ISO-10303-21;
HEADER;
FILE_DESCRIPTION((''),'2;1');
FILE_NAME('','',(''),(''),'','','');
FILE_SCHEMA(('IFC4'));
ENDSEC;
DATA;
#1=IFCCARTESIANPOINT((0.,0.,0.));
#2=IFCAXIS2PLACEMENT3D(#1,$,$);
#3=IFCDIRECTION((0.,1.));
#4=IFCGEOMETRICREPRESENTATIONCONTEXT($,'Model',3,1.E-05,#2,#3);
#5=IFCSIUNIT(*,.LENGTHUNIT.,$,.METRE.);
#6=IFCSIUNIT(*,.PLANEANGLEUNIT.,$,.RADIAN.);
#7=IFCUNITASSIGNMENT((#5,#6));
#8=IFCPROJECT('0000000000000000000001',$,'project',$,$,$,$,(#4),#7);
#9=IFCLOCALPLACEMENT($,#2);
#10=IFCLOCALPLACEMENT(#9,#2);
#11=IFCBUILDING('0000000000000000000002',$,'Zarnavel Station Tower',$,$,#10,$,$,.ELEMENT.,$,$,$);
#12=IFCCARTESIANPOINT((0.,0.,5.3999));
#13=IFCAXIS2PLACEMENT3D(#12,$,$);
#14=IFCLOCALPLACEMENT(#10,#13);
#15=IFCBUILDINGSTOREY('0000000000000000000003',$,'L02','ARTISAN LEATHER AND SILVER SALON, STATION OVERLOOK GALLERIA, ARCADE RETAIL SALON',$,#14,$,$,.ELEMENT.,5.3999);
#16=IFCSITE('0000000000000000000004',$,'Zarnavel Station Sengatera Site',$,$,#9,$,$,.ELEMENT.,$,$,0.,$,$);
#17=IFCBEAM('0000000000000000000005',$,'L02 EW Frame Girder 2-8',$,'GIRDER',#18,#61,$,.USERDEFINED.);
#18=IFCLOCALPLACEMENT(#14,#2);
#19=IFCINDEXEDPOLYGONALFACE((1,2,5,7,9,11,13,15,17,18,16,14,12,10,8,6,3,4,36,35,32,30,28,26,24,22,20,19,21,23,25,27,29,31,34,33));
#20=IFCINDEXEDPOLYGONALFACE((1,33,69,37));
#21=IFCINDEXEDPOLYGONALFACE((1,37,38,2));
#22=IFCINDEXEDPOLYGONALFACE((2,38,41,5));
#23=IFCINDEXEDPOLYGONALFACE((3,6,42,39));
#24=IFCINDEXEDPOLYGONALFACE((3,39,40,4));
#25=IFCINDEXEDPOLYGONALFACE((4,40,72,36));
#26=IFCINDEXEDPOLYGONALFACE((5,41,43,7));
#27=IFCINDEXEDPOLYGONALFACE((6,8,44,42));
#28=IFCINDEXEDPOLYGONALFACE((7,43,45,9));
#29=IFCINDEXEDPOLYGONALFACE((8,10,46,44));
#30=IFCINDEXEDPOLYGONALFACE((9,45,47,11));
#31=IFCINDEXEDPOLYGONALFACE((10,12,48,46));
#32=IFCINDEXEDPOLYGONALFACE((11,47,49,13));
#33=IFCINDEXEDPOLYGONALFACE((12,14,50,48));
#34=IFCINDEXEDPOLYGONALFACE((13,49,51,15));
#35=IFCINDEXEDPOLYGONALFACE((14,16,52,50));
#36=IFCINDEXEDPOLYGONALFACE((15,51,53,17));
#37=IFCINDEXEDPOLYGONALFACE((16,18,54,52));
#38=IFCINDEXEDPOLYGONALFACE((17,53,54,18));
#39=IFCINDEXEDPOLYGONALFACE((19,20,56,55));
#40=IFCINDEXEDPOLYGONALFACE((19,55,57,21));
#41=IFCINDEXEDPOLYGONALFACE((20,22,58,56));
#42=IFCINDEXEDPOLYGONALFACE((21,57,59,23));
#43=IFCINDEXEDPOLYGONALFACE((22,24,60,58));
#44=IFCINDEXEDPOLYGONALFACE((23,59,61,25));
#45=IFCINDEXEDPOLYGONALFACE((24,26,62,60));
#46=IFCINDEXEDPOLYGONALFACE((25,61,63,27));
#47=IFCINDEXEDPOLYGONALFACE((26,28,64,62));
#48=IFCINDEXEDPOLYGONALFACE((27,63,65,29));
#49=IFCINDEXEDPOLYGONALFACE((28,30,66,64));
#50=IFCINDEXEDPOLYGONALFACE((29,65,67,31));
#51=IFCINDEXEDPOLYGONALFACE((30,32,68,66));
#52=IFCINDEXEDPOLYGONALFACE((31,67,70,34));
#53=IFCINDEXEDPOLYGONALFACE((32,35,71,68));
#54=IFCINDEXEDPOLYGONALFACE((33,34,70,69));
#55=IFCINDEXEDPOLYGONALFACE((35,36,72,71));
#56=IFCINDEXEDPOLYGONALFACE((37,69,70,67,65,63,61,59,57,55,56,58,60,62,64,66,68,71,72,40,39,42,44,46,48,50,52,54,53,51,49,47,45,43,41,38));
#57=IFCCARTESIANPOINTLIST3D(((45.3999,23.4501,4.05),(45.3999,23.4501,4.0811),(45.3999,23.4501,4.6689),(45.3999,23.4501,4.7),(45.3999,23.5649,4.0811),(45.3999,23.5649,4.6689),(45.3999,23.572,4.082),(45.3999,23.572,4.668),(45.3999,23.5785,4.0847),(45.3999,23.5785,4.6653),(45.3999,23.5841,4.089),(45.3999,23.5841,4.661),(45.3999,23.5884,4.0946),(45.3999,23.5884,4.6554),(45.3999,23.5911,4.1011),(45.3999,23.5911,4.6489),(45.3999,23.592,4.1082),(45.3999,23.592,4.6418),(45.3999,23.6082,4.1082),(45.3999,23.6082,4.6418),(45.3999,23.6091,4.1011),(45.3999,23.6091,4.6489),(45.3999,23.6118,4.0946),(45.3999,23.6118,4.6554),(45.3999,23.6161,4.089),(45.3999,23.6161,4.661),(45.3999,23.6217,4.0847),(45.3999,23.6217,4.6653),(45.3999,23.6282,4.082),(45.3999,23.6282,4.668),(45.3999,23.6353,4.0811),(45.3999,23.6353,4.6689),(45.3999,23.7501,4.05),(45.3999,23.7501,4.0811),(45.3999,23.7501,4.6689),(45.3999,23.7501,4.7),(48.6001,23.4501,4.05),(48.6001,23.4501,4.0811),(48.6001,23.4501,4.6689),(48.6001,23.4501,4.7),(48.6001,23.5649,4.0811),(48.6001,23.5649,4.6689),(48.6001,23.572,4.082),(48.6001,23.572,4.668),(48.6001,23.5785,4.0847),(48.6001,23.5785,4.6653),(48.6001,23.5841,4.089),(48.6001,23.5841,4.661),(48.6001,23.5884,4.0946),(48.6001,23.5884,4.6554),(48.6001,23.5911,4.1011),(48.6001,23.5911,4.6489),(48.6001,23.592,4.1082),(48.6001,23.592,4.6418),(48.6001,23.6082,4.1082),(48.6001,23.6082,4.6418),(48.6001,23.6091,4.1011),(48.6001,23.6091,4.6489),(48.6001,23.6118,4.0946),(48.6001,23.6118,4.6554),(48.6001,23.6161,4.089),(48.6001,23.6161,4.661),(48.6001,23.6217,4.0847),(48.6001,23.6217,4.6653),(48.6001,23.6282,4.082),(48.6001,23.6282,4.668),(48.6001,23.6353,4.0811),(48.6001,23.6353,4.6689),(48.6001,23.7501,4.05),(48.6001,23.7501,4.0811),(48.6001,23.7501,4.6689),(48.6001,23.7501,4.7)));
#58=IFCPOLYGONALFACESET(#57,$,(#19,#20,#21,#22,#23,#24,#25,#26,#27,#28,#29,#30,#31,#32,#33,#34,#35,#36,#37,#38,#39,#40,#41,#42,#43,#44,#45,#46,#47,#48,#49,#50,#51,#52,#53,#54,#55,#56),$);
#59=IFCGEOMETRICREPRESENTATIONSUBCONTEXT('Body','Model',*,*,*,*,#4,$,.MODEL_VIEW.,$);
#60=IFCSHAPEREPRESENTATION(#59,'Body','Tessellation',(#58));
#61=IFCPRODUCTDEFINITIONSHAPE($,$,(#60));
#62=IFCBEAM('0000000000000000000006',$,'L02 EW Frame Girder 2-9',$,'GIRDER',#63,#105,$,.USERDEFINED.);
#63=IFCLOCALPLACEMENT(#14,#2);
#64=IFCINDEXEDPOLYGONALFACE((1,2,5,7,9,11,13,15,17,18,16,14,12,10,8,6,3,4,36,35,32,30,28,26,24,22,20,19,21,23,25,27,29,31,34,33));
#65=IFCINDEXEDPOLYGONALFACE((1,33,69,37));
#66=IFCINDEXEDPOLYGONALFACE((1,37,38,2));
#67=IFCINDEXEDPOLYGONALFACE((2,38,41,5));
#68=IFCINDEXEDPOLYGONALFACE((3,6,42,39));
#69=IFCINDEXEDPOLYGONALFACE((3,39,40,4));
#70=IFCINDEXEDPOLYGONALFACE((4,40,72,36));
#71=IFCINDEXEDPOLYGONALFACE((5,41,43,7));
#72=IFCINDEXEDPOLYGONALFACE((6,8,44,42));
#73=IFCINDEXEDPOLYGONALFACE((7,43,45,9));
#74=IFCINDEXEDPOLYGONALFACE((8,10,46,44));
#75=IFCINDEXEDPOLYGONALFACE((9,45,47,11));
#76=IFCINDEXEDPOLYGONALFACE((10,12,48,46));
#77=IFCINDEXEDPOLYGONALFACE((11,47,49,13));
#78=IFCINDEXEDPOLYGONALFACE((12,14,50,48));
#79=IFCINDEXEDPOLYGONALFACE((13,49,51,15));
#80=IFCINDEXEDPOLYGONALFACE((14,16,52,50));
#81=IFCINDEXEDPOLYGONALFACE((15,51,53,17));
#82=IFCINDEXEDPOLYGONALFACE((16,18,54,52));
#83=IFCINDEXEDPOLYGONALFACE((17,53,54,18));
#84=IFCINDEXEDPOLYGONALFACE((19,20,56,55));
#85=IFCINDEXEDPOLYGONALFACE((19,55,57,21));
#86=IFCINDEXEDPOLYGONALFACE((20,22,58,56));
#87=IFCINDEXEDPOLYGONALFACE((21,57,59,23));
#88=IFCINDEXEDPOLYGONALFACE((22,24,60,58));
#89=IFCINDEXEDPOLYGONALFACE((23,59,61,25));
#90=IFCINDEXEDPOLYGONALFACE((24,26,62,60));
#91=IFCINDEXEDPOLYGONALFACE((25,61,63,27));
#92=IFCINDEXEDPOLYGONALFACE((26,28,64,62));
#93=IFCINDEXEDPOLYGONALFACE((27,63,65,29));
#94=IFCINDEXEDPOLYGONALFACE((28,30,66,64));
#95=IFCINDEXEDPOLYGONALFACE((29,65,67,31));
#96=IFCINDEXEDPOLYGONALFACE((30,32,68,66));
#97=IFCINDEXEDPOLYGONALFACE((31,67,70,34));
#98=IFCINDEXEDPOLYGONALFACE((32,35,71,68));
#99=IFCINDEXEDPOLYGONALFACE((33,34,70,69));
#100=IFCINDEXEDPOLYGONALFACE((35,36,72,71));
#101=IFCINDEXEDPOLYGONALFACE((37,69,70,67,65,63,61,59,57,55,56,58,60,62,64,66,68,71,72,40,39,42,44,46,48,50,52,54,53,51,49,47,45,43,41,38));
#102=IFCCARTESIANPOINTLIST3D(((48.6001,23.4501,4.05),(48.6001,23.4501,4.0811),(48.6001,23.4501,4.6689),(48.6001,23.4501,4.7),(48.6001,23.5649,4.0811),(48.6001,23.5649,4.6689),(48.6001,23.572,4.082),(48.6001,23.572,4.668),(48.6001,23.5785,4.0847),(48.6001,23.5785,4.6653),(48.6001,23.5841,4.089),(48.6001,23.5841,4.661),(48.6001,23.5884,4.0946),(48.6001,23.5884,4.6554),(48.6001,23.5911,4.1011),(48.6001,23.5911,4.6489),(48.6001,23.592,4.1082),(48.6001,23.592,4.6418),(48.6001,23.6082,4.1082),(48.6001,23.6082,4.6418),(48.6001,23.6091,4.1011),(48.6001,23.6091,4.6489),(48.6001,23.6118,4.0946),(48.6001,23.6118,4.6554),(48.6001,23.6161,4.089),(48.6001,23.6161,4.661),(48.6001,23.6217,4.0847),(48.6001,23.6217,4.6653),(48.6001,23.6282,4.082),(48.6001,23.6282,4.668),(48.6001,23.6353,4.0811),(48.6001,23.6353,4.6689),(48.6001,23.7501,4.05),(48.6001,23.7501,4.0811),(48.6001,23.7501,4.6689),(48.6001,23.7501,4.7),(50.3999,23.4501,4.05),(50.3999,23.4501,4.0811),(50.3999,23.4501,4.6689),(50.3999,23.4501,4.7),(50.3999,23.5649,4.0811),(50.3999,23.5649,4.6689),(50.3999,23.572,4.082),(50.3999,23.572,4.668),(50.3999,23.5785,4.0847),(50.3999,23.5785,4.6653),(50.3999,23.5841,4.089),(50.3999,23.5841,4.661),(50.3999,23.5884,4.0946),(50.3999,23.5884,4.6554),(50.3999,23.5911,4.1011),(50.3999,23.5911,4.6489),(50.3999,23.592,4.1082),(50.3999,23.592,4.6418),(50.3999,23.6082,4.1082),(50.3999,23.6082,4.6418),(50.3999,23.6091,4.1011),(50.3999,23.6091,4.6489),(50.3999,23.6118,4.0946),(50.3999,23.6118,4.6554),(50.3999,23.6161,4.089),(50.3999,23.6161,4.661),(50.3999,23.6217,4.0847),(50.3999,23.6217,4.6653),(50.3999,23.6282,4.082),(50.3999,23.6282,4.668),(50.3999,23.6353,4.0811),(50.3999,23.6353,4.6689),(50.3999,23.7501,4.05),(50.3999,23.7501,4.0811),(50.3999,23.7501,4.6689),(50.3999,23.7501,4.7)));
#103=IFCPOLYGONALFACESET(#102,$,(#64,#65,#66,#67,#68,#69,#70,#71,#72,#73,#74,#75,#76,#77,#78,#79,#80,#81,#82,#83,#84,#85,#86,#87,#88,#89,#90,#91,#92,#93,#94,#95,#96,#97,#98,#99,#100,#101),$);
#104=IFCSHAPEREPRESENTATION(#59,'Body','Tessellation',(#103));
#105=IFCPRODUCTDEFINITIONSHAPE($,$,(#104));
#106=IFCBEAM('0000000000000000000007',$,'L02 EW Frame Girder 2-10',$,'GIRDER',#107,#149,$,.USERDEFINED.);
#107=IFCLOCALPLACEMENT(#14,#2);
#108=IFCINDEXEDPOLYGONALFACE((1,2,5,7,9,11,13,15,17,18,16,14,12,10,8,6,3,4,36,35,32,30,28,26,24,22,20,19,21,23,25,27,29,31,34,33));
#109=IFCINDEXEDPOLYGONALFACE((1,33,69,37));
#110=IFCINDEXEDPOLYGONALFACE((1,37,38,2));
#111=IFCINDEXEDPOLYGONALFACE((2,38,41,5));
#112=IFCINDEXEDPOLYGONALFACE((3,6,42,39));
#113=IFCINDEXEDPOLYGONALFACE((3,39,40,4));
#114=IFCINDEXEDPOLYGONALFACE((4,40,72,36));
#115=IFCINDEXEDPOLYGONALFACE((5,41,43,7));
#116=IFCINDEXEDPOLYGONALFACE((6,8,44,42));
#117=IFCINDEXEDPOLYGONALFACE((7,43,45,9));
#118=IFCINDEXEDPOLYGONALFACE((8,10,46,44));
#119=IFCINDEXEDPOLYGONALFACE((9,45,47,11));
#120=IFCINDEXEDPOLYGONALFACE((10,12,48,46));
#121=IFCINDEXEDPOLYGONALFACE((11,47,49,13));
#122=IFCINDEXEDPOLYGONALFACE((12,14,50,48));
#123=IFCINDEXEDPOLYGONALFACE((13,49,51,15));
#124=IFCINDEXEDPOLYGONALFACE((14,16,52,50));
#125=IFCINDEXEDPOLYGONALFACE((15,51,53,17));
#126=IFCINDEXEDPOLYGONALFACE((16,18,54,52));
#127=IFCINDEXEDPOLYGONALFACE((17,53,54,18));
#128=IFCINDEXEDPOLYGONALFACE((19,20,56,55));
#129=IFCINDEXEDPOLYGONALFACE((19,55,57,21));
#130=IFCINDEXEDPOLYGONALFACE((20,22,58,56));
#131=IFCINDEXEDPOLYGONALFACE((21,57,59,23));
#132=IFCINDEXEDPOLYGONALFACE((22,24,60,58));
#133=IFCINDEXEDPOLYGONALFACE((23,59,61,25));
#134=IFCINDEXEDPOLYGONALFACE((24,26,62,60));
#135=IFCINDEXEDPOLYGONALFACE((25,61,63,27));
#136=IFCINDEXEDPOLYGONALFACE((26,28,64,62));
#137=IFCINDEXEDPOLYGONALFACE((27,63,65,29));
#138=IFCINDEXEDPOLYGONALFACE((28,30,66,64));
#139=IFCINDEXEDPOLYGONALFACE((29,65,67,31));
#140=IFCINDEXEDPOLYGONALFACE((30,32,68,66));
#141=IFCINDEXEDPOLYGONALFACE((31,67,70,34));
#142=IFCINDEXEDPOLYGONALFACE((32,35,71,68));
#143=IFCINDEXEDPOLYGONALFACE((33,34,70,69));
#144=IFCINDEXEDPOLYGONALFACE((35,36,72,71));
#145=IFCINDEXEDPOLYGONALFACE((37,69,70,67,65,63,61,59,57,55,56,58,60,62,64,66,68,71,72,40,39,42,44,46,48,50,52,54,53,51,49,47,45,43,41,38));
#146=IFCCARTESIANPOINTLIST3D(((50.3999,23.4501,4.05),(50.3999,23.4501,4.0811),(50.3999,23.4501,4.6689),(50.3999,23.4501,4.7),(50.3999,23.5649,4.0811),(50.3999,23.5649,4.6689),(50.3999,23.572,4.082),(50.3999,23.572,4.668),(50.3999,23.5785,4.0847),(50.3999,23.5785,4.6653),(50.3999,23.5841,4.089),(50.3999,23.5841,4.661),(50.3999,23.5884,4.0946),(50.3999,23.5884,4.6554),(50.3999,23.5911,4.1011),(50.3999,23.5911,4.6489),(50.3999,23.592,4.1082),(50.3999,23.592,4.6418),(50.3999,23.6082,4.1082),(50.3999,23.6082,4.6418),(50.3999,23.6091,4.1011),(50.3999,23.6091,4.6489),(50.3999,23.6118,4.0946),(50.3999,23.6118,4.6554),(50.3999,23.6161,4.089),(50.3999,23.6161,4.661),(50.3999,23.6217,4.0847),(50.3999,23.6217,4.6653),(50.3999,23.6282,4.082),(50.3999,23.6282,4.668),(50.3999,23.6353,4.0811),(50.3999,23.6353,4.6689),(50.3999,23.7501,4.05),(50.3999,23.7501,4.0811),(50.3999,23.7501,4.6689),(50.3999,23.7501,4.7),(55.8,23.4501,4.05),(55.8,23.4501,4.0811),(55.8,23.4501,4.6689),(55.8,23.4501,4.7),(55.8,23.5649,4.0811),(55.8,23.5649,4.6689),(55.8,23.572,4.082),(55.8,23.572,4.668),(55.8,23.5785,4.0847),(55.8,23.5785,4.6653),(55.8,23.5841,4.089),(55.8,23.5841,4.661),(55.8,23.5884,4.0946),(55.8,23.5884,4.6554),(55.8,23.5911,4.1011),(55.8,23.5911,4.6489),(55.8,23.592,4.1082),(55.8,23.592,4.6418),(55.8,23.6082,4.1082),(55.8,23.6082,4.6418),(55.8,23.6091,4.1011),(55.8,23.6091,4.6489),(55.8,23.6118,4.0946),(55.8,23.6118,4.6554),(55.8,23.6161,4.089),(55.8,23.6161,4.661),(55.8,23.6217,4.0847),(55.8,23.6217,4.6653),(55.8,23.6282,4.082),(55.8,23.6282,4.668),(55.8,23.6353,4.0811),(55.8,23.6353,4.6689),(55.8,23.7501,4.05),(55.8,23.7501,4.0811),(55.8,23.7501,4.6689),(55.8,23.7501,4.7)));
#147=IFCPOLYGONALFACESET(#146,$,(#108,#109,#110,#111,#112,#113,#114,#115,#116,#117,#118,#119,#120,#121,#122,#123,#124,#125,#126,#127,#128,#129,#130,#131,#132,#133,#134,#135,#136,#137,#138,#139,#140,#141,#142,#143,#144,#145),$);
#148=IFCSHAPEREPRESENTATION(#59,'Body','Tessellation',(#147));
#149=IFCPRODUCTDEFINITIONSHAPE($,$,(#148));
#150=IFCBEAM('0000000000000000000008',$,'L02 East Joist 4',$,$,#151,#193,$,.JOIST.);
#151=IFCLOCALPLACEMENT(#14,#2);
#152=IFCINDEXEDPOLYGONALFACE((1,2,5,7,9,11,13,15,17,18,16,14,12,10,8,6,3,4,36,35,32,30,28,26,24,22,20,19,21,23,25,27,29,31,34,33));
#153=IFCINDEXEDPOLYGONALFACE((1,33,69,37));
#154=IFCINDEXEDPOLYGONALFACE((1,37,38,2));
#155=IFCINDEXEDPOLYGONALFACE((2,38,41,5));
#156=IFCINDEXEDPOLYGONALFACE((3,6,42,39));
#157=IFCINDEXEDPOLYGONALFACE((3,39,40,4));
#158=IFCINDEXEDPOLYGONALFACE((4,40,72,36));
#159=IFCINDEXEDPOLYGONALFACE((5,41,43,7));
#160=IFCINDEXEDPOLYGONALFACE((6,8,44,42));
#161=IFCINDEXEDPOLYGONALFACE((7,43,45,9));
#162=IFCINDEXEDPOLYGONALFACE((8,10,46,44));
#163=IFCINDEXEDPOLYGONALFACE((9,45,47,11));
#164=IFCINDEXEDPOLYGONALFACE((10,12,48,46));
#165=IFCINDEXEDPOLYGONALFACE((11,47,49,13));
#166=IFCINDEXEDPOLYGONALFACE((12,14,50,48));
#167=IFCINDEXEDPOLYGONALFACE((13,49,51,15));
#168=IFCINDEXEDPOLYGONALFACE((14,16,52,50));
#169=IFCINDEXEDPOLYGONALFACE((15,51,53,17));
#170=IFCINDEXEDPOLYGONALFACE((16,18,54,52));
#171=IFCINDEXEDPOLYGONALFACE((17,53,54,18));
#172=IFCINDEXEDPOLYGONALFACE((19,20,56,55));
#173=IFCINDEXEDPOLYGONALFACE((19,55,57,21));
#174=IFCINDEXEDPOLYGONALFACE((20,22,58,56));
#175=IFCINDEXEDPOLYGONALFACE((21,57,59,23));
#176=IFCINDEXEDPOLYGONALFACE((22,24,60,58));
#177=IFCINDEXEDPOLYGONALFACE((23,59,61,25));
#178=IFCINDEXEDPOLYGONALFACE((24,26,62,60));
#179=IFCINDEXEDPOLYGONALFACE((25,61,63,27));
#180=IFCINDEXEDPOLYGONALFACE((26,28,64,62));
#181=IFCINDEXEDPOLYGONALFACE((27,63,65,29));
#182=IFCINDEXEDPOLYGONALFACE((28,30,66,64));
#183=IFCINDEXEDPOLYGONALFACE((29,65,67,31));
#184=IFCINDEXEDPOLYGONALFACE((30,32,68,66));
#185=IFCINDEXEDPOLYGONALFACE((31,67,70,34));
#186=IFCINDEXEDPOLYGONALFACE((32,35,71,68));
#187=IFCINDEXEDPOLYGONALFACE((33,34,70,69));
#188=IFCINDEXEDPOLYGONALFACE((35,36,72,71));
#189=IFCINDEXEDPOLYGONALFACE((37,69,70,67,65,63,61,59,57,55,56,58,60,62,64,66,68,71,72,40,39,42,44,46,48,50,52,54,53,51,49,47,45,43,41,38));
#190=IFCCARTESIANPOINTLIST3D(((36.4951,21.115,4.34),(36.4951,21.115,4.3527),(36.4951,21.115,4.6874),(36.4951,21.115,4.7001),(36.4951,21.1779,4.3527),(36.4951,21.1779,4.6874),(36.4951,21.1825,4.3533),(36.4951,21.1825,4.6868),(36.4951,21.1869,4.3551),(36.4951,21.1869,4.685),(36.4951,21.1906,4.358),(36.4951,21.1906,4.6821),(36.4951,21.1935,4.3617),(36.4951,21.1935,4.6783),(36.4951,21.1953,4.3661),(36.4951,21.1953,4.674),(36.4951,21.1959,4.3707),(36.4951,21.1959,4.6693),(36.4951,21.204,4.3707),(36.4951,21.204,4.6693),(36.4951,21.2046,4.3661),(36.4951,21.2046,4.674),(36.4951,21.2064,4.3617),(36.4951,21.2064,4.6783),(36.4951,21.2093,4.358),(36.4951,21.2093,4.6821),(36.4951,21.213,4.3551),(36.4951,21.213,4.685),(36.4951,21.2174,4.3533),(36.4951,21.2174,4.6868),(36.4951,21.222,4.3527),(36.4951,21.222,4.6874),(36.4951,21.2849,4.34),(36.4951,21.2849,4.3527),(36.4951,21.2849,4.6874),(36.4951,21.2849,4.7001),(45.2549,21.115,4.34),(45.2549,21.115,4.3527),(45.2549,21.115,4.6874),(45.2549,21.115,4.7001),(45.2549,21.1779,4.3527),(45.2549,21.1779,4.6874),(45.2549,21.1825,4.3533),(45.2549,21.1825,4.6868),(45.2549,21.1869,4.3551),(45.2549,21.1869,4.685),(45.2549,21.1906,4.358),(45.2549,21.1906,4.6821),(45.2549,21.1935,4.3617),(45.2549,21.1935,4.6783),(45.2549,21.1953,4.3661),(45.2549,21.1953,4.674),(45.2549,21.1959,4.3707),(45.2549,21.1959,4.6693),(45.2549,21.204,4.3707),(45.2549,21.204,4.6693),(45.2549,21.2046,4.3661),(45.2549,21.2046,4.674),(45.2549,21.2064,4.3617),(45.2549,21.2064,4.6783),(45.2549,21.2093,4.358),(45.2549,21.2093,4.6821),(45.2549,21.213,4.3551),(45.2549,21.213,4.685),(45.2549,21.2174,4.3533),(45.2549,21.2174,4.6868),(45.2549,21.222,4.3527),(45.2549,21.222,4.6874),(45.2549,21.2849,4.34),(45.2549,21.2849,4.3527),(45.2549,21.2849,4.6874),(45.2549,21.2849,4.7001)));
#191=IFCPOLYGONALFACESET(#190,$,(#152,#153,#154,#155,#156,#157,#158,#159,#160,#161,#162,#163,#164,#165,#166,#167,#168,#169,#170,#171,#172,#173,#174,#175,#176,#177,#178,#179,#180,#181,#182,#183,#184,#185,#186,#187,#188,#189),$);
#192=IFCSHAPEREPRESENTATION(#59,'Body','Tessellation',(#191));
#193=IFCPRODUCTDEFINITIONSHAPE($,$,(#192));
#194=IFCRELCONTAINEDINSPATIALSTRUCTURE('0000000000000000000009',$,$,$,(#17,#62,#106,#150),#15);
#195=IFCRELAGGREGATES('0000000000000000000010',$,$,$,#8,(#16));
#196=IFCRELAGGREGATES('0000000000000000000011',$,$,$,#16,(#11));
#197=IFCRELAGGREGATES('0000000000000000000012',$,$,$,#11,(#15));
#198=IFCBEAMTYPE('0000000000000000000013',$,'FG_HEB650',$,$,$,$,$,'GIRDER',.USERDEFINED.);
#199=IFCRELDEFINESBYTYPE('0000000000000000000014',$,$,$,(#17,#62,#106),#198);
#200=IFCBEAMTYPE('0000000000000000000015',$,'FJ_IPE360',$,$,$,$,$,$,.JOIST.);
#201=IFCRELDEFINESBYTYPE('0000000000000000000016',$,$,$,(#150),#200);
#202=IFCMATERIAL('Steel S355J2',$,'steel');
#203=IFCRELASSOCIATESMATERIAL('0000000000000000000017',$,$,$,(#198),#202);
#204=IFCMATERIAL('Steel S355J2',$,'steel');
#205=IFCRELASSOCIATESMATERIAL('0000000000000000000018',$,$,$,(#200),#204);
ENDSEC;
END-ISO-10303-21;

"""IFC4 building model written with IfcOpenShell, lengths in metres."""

from ifc_helpers import new_model, si_unit, direction, frame, origin, origin_2d, place, context, subcontext, project, spatial, i_section, extrude, material, material_profile, profile_set, type_object, element, save


model = new_model("IFC4")

# Units and contexts
model_context = context("Model", 3, precision=1e-05, world=origin(), true_north=direction((0.0, 1.0)))
body_context = subcontext(model_context, "Body", "Model", "MODEL_VIEW")
ifc_project = project(units=[si_unit("LENGTHUNIT", "METRE"), si_unit("PLANEANGLEUNIT", "RADIAN")], contexts=[model_context])

# Site, building, storey
site_placement = place(None, origin())
site = spatial("IfcSite", under=ifc_project, at=site_placement, Name="Zarnavel Station Sengatera Site", CompositionType="ELEMENT", RefElevation=0.0)
building_placement = place(site_placement, origin())
building = spatial("IfcBuilding", under=site, at=building_placement, Name="Zarnavel Station Tower", CompositionType="ELEMENT")
storey_placement = place(building_placement, frame((0.0, 0.0, 5.3999)))
storey = spatial("IfcBuildingStorey", under=building, at=storey_placement, Name="L02", Description="ARTISAN LEATHER AND SILVER SALON, STATION OVERLOOK GALLERIA, ARCADE RETAIL SALON", CompositionType="ELEMENT", Elevation=5.3999)

# Beams
ifc_material_1 = material(Name="Steel S355J2", Category="steel")
ifc_material_profile_1 = material_profile(ifc_material_1, i_section(OverallWidth=0.3, OverallDepth=0.6499, WebThickness=0.0161, FlangeThickness=0.031, FilletRadius=0.0271, at=origin_2d()), Name="HEB650")
ifc_profile_set_1 = profile_set([ifc_material_profile_1], Name="Steel S355J2")
beam_type_1 = type_object("IfcBeamType", Name="FG_HEB650", ElementType="GIRDER", PredefinedType="USERDEFINED", material=ifc_profile_set_1)
beam_1_placement = place(storey_placement, frame((45.3999, 23.6001, 4.375), z_axis=(1.0, 0.0, 0.0), x_axis=(0.0, 1.0, 0.0)))
element("IfcBeam", 1, at=beam_1_placement, inside=storey, type_object=beam_type_1, Name="L02 EW Frame Girder 2-8", ObjectType="GIRDER", PredefinedType="USERDEFINED", context=body_context, shape_type="SweptSolid", body=[
    extrude(i_section(OverallWidth=0.3, OverallDepth=0.6499, WebThickness=0.0161, FlangeThickness=0.031, FilletRadius=0.0271, at=origin_2d()), origin(), (0.0, 0.0, 1.0), 3.2002),
])
beam_2_placement = place(storey_placement, frame((48.6001, 23.6001, 4.375), z_axis=(1.0, 0.0, 0.0), x_axis=(0.0, 1.0, 0.0)))
element("IfcBeam", 2, at=beam_2_placement, inside=storey, type_object=beam_type_1, Name="L02 EW Frame Girder 2-9", ObjectType="GIRDER", PredefinedType="USERDEFINED", context=body_context, shape_type="SweptSolid", body=[
    extrude(i_section(OverallWidth=0.3, OverallDepth=0.6499, WebThickness=0.0161, FlangeThickness=0.031, FilletRadius=0.0271, at=origin_2d()), origin(), (0.0, 0.0, 1.0), 1.7998),
])
beam_3_placement = place(storey_placement, frame((50.3999, 23.6001, 4.375), z_axis=(1.0, 0.0, 0.0), x_axis=(0.0, 1.0, 0.0)))
element("IfcBeam", 3, at=beam_3_placement, inside=storey, type_object=beam_type_1, Name="L02 EW Frame Girder 2-10", ObjectType="GIRDER", PredefinedType="USERDEFINED", context=body_context, shape_type="SweptSolid", body=[
    extrude(i_section(OverallWidth=0.3, OverallDepth=0.6499, WebThickness=0.0161, FlangeThickness=0.031, FilletRadius=0.0271, at=origin_2d()), origin(), (0.0, 0.0, 1.0), 5.4001),
])
ifc_material_2 = material(Name="Steel S355J2", Category="steel")
ifc_material_profile_2 = material_profile(ifc_material_2, i_section(OverallWidth=0.1699, OverallDepth=0.3601, WebThickness=0.0081, FlangeThickness=0.0127, FilletRadius=0.0181, at=origin_2d()), Name="IPE360")
ifc_profile_set_2 = profile_set([ifc_material_profile_2], Name="Steel S355J2")
beam_type_2 = type_object("IfcBeamType", Name="FJ_IPE360", PredefinedType="JOIST", material=ifc_profile_set_2)
beam_4_placement = place(storey_placement, frame((36.4951, 21.2, 4.52), z_axis=(1.0, 0.0, 0.0), x_axis=(0.0, 1.0, 0.0)))
element("IfcBeam", 4, at=beam_4_placement, inside=storey, type_object=beam_type_2, Name="L02 East Joist 4", PredefinedType="JOIST", context=body_context, shape_type="SweptSolid", body=[
    extrude(i_section(OverallWidth=0.1699, OverallDepth=0.3601, WebThickness=0.0081, FlangeThickness=0.0127, FilletRadius=0.0181, at=origin_2d()), origin(), (0.0, 0.0, 1.0), 8.7598),
])

save(model, "model.ifc")
